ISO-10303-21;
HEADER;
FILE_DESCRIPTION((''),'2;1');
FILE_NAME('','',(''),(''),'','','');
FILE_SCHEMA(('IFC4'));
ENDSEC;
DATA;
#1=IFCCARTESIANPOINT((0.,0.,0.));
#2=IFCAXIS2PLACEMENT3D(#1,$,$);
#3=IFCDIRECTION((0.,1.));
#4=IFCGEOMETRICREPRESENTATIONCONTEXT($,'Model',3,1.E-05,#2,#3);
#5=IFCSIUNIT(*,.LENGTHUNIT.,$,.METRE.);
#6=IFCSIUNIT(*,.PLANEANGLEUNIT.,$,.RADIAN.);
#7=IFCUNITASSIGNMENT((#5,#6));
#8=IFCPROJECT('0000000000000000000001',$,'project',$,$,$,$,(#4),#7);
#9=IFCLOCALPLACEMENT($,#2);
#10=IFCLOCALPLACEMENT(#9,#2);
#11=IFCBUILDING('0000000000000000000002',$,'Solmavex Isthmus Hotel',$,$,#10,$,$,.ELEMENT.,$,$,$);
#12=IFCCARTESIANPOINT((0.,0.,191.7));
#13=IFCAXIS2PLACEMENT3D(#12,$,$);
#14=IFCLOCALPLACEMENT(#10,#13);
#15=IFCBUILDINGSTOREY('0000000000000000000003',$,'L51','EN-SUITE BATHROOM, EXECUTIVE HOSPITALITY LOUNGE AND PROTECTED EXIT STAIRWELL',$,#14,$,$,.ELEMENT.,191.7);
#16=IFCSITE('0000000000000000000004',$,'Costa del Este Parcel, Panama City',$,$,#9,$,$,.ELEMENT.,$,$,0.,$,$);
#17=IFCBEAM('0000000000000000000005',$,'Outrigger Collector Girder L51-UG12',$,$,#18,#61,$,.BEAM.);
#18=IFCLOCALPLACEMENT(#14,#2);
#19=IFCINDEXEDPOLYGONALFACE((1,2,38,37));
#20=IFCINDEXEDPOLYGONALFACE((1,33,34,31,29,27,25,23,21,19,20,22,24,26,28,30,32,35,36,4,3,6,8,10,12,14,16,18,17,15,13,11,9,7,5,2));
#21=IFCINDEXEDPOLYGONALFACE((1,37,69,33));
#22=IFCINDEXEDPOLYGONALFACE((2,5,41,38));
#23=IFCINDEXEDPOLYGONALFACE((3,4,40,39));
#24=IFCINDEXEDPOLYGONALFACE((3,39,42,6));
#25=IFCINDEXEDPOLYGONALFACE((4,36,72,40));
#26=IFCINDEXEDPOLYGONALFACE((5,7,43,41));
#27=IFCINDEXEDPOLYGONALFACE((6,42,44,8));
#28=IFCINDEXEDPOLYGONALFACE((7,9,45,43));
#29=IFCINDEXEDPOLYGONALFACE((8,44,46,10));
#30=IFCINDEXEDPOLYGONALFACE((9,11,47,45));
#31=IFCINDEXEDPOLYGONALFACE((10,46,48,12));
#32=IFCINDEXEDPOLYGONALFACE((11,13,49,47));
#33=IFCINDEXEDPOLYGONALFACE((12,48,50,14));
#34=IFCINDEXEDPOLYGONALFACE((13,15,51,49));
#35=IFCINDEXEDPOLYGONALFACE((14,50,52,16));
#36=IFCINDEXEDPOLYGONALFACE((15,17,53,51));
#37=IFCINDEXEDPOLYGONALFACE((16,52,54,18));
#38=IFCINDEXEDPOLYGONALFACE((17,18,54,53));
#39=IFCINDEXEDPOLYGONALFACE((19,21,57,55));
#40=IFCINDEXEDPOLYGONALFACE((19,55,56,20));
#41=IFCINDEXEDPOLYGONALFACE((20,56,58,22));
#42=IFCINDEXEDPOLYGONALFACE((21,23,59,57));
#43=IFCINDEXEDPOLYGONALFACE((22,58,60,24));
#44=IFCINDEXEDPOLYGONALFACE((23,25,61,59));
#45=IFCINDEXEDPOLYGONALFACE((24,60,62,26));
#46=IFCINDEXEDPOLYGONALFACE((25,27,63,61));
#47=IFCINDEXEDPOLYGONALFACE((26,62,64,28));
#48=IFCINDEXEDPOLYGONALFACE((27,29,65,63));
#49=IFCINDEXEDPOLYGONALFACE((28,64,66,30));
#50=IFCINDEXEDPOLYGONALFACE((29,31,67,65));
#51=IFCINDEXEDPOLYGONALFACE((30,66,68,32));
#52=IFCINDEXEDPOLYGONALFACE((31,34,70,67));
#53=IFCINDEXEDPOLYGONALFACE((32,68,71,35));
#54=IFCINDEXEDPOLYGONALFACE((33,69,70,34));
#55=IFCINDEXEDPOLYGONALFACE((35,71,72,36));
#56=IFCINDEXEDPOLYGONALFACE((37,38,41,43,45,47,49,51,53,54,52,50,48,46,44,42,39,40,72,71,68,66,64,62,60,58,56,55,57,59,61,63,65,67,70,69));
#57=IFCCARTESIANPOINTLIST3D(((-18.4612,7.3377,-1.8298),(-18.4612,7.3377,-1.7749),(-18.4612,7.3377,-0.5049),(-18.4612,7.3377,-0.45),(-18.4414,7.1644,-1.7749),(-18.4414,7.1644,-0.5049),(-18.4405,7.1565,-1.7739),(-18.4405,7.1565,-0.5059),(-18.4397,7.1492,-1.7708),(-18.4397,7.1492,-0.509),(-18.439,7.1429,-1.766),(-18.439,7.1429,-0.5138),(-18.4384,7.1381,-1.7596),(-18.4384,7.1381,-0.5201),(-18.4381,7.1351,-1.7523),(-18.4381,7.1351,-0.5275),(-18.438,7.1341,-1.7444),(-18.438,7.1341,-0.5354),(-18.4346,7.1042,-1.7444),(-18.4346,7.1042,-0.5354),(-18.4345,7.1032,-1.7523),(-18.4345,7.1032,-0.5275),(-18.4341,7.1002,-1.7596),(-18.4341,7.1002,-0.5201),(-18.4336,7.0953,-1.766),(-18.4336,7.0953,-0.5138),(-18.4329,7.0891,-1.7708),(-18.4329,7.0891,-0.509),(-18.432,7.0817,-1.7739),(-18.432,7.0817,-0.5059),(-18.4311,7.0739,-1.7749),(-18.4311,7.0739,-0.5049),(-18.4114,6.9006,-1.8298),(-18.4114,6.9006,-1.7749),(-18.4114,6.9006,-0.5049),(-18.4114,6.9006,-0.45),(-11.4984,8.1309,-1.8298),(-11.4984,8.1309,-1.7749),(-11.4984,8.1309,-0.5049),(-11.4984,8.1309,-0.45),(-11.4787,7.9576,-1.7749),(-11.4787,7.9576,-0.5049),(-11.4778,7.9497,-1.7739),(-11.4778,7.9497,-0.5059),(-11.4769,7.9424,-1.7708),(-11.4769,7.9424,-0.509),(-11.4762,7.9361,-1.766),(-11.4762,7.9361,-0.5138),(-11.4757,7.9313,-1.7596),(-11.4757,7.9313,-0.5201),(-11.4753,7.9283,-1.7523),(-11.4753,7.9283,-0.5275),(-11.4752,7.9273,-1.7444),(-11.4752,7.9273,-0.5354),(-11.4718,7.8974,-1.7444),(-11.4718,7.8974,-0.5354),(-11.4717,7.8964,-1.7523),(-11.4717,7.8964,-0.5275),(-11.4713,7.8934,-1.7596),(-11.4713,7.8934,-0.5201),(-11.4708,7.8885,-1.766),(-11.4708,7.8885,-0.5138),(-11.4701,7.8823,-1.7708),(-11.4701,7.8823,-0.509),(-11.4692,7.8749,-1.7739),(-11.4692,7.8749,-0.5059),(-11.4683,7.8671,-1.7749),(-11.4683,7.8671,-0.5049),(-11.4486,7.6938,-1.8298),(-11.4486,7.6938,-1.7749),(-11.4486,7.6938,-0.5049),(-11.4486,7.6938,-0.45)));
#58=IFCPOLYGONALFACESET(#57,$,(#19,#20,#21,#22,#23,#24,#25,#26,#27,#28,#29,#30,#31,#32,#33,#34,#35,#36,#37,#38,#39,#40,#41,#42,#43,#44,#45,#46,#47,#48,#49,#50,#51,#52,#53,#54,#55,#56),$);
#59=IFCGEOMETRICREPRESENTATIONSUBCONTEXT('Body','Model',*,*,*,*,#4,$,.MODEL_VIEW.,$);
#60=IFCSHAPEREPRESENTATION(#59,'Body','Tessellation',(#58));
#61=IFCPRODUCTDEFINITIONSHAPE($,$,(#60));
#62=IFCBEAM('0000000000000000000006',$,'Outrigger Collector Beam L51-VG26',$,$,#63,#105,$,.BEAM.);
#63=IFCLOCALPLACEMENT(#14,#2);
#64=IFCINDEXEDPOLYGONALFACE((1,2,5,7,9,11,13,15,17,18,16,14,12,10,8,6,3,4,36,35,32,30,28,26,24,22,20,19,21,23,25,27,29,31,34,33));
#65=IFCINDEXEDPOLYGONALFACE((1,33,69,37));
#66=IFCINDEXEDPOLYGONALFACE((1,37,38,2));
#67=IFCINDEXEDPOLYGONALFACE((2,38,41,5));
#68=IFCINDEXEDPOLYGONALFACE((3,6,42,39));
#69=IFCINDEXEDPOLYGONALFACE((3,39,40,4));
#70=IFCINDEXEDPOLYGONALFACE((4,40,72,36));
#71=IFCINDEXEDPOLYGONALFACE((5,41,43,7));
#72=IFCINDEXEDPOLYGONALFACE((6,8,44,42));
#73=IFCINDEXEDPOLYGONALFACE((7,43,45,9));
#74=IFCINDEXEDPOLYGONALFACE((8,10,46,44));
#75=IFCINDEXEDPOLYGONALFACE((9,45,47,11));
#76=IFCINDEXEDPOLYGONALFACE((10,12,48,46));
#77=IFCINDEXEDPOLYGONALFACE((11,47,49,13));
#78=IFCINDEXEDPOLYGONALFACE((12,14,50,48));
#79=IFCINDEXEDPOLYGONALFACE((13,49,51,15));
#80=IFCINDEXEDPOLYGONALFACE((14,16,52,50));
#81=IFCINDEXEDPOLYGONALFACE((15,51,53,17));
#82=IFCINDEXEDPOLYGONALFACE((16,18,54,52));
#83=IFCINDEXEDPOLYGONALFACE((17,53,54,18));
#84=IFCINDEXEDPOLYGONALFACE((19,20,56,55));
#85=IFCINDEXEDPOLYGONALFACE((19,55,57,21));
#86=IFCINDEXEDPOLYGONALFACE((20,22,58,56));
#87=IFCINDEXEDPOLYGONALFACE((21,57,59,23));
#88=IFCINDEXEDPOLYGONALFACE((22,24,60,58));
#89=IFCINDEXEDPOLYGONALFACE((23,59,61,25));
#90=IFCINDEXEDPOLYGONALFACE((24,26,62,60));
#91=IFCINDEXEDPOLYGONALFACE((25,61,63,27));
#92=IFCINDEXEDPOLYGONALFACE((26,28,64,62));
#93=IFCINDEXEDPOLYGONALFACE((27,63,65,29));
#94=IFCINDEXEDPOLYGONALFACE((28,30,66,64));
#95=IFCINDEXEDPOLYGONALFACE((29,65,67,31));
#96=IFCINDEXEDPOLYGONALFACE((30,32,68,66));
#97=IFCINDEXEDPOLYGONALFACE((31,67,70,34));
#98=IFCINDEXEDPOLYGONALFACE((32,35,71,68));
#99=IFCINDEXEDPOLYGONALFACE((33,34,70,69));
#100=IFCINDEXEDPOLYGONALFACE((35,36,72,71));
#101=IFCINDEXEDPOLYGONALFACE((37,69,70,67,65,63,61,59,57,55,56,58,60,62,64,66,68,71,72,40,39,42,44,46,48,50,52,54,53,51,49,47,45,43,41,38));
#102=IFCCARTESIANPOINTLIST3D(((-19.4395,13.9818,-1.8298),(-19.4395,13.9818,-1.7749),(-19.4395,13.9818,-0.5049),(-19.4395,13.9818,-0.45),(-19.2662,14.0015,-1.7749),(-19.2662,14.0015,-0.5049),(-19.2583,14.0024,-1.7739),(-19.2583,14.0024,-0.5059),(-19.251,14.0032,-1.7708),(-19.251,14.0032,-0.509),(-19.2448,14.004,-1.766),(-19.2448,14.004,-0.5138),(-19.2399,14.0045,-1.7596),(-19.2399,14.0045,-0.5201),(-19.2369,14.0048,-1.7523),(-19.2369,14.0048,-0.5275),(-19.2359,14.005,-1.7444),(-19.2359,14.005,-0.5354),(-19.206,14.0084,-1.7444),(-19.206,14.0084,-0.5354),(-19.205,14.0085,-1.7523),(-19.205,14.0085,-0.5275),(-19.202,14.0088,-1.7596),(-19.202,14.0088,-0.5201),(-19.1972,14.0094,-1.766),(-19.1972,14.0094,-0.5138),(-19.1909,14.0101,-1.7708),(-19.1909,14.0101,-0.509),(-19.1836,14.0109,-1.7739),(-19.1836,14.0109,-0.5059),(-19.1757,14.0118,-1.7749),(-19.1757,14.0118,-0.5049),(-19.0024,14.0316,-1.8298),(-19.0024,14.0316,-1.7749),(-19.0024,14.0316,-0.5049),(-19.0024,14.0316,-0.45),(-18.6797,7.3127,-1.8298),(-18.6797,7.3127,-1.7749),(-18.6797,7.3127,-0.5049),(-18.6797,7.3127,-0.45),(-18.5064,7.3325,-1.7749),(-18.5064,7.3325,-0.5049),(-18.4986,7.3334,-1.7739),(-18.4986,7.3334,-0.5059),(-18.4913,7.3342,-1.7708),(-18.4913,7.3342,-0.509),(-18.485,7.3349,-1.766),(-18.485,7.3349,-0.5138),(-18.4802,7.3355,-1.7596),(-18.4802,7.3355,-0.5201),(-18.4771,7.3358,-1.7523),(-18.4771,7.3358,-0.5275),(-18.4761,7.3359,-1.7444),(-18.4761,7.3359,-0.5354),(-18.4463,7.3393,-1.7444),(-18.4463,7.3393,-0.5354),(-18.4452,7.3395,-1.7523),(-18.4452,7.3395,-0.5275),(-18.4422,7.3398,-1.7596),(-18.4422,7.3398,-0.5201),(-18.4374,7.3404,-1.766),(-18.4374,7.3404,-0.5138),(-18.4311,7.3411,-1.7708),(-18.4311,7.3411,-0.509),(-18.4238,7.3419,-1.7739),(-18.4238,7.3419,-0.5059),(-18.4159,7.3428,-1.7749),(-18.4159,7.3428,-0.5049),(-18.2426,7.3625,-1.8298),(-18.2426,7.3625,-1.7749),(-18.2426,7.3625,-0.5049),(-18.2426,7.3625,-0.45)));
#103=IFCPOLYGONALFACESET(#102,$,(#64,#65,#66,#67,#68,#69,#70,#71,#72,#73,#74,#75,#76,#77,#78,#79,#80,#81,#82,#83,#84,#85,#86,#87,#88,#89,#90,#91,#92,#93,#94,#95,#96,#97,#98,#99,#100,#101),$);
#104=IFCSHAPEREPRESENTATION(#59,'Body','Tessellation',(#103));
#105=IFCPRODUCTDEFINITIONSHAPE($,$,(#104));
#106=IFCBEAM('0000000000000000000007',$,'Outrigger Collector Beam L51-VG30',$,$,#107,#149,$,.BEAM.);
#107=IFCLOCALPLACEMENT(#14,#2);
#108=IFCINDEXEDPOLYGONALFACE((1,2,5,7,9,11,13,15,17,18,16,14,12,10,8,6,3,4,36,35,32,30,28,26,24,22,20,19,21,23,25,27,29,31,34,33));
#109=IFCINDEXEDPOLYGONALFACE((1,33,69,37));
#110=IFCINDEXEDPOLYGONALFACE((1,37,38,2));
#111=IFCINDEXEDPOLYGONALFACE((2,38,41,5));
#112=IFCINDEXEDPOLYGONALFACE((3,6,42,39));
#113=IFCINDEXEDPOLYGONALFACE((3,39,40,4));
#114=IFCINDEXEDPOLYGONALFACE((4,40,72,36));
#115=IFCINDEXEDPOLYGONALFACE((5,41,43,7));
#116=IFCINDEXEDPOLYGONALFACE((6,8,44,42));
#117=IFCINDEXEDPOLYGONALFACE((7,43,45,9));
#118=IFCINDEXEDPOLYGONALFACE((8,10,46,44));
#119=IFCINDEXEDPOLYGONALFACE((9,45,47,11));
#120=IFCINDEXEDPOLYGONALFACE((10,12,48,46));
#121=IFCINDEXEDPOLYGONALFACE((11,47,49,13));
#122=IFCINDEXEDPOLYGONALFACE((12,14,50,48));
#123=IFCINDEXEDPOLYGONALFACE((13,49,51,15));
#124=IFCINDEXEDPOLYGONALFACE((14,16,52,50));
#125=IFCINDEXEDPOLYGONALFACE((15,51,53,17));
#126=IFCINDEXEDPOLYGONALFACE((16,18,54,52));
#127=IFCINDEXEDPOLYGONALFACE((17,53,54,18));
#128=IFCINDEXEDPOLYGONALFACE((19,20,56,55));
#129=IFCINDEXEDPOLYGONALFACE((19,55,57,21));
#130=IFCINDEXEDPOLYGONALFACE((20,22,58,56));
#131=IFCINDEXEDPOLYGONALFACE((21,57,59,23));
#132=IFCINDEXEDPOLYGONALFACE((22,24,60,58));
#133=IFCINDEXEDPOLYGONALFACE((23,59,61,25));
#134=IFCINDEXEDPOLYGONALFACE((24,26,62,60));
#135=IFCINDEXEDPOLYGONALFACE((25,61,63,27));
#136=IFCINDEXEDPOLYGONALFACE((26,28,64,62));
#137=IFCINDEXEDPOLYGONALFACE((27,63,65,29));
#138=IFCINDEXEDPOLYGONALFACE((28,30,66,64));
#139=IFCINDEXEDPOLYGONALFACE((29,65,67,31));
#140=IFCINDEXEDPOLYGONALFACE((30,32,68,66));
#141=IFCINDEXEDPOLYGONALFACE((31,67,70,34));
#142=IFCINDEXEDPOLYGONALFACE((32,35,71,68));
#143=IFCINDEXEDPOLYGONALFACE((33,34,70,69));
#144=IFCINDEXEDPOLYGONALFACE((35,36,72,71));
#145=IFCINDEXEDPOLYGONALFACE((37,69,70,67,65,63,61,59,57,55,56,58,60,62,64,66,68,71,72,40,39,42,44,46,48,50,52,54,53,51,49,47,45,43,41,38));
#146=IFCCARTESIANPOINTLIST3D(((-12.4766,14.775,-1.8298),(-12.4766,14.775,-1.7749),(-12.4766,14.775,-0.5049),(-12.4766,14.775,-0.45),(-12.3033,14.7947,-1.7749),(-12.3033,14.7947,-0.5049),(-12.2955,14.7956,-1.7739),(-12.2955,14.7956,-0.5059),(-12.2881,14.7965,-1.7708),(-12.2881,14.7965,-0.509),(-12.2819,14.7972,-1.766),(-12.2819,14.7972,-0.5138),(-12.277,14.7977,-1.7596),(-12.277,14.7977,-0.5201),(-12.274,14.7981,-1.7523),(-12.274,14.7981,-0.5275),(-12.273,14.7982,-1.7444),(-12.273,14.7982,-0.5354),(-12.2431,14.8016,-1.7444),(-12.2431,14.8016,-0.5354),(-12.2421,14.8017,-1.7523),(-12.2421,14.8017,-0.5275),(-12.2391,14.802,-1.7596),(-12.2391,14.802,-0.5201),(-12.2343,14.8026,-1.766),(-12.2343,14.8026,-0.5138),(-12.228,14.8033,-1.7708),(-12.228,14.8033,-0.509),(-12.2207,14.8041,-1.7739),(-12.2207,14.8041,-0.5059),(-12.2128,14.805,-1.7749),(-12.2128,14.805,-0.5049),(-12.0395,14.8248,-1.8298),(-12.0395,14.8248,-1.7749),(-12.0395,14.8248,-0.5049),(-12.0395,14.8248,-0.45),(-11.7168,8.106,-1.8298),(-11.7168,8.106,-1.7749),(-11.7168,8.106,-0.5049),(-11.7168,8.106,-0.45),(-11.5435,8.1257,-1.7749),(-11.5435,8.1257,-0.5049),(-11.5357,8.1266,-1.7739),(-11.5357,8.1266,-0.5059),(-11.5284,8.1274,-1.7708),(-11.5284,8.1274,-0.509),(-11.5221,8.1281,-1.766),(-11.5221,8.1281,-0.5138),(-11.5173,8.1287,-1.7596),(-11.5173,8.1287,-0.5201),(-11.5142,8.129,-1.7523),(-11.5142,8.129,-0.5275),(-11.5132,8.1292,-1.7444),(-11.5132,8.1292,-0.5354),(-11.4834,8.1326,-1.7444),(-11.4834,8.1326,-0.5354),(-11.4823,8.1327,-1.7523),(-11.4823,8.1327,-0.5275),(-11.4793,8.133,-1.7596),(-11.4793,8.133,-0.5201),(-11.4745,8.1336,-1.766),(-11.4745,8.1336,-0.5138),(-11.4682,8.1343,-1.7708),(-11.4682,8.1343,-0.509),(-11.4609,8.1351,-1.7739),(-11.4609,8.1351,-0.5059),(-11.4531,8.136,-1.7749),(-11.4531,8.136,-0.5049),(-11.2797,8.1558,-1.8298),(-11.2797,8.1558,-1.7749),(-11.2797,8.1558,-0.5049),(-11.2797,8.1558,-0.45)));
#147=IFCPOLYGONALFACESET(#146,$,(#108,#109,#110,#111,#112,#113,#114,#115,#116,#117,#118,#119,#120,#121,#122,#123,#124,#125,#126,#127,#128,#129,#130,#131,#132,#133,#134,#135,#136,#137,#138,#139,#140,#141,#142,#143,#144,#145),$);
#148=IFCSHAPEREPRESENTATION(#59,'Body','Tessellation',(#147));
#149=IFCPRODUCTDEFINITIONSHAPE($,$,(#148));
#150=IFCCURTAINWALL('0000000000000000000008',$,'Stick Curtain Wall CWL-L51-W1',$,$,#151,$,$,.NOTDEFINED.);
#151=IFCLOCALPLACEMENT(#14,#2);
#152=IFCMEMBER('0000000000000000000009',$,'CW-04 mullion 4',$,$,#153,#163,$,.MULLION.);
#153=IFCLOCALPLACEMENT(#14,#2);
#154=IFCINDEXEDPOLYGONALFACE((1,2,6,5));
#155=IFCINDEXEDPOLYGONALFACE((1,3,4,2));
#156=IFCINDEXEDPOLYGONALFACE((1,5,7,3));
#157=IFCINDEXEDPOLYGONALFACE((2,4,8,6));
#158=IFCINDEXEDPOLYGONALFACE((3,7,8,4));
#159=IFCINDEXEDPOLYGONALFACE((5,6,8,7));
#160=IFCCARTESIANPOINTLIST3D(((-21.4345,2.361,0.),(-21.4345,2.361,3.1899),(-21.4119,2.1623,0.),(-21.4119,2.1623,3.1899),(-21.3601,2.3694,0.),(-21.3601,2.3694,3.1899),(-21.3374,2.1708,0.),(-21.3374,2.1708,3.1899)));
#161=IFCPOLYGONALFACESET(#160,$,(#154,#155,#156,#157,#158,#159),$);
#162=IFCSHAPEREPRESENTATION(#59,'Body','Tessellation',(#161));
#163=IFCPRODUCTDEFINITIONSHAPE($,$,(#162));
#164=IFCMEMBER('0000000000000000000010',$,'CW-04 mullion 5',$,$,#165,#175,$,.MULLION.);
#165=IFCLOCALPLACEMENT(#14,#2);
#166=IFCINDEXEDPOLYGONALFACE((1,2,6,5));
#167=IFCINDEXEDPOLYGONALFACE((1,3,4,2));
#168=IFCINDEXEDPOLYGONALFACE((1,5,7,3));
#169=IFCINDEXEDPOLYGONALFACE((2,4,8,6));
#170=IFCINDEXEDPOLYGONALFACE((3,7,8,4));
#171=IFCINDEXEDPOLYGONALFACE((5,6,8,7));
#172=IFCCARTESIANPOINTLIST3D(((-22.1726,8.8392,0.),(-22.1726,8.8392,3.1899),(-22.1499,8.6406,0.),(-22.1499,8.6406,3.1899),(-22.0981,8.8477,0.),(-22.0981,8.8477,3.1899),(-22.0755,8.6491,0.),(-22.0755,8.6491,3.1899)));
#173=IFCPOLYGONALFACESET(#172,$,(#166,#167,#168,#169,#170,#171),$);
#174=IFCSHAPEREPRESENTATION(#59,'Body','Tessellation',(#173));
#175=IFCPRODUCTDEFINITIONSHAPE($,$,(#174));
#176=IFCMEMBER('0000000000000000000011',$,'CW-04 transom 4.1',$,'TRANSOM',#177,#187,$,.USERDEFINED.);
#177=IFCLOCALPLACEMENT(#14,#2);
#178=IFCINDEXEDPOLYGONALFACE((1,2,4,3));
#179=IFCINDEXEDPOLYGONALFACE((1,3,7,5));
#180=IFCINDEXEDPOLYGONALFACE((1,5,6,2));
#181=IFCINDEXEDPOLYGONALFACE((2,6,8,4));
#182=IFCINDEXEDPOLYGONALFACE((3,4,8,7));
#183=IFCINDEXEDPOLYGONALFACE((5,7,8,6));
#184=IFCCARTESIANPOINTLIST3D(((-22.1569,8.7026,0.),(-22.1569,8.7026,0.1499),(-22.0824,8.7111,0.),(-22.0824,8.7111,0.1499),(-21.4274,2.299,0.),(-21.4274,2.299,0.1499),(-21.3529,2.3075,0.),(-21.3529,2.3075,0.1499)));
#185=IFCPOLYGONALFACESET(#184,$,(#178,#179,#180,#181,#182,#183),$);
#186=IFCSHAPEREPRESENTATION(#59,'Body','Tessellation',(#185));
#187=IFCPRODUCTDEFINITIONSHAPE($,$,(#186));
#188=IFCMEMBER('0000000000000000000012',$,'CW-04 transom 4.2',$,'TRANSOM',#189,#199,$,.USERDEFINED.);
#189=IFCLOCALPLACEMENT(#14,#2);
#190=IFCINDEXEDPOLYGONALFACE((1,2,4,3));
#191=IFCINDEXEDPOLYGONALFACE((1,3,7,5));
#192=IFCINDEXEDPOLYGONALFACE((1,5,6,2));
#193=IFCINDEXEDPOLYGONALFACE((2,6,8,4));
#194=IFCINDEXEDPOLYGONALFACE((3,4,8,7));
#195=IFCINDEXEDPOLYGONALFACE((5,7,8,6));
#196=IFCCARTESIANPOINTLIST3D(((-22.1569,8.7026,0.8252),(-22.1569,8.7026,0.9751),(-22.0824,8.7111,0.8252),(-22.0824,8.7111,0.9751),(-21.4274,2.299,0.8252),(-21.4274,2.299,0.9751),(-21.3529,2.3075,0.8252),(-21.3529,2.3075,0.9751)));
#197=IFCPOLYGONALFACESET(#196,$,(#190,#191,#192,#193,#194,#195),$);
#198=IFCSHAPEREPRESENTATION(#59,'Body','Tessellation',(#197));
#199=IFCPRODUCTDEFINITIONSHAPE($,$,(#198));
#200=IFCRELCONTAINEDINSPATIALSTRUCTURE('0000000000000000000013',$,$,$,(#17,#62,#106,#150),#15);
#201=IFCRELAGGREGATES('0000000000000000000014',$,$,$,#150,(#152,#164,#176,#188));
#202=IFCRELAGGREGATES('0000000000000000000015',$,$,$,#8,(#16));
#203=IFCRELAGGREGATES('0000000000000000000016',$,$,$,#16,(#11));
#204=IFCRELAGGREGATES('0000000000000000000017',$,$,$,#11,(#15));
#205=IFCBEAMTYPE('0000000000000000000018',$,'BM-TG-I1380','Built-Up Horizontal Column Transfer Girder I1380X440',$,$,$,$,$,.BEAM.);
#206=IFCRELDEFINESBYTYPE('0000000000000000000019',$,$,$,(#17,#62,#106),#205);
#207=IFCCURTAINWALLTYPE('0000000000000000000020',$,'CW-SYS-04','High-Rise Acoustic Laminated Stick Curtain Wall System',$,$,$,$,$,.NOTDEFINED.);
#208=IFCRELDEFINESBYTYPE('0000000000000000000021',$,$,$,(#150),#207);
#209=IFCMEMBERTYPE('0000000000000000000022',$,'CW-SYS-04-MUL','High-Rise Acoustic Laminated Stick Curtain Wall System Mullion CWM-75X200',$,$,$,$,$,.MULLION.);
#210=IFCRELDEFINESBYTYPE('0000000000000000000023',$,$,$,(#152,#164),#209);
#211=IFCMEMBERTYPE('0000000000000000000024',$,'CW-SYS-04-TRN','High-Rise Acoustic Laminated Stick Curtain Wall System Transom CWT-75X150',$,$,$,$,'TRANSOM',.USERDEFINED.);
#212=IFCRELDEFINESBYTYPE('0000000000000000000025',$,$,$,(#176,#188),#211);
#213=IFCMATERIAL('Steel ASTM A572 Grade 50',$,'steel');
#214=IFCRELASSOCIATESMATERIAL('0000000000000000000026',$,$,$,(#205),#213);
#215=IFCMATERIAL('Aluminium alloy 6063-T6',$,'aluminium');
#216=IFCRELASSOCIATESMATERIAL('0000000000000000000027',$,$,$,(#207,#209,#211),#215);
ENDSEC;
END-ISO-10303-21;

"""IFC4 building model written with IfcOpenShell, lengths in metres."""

from ifc_helpers import new_model, si_unit, direction, frame, origin, origin_2d, place, context, subcontext, project, spatial, rectangle, i_section, extrude, material, material_profile, profile_set, type_object, element, aggregate, save


model = new_model("IFC4")

# Units and contexts
model_context = context("Model", 3, precision=1e-05, world=origin(), true_north=direction((0.0, 1.0)))
body_context = subcontext(model_context, "Body", "Model", "MODEL_VIEW")
ifc_project = project(units=[si_unit("LENGTHUNIT", "METRE"), si_unit("PLANEANGLEUNIT", "RADIAN")], contexts=[model_context])

# Site, building, storey
site_placement = place(None, origin())
site = spatial("IfcSite", under=ifc_project, at=site_placement, Name="Costa del Este Parcel, Panama City", CompositionType="ELEMENT", RefElevation=0.0)
building_placement = place(site_placement, origin())
building = spatial("IfcBuilding", under=site, at=building_placement, Name="Solmavex Isthmus Hotel", CompositionType="ELEMENT")
storey_placement = place(building_placement, frame((0.0, 0.0, 191.7)))
storey = spatial("IfcBuildingStorey", under=building, at=storey_placement, Name="L51", Description="EN-SUITE BATHROOM, EXECUTIVE HOSPITALITY LOUNGE AND PROTECTED EXIT STAIRWELL", CompositionType="ELEMENT", Elevation=191.7)

# Beams
ifc_material_1 = material(Name="Steel ASTM A572 Grade 50", Category="steel")
ifc_material_profile_1 = material_profile(ifc_material_1, i_section(OverallWidth=0.4399, OverallDepth=1.3799, WebThickness=0.03, FlangeThickness=0.0549, FilletRadius=0.0305, at=origin_2d()), Name="I1380X440")
ifc_profile_set_1 = profile_set([ifc_material_profile_1], Name="Steel ASTM A572 Grade 50")
beam_type_1 = type_object("IfcBeamType", Name="BM-TG-I1380", Description="Built-Up Horizontal Column Transfer Girder I1380X440", PredefinedType="BEAM", material=ifc_profile_set_1)
beam_1_placement = place(storey_placement, frame((-18.4363, 7.1191, -1.1399), z_axis=(0.993574, 0.113188, 0.0), x_axis=(-0.113188, 0.993574, 0.0)))
element("IfcBeam", 1, at=beam_1_placement, inside=storey, type_object=beam_type_1, Name="Outrigger Collector Girder L51-UG12", PredefinedType="BEAM", context=body_context, shape_type="SweptSolid", body=[
    extrude(i_section(OverallWidth=0.4399, OverallDepth=1.3799, WebThickness=0.03, FlangeThickness=0.0549, FilletRadius=0.0305, at=origin_2d()), origin(), (0.0, 0.0, 1.0), 7.0078),
])
for number, where, z_axis, x_axis, name in (
    (2, (-18.4612, 7.3376, -1.1399), (-0.113194, 0.993573, 0.0), (-0.993573, -0.113194, 0.0), "Outrigger Collector Beam L51-VG26"),
    (3, (-11.4983, 8.1309, -1.1399), (-0.113194, 0.993573, 0.0), (-0.993573, -0.113194, 0.0), "Outrigger Collector Beam L51-VG30"),
):
    element("IfcBeam", number, at=place(storey_placement, frame(where, z_axis=z_axis, x_axis=x_axis)), inside=storey, type_object=beam_type_1, Name=name, PredefinedType="BEAM", context=body_context, shape_type="SweptSolid", body=[
        extrude(i_section(OverallWidth=0.4399, OverallDepth=1.3799, WebThickness=0.03, FlangeThickness=0.0549, FilletRadius=0.0305, at=origin_2d()), origin(), (0.0, 0.0, 1.0), 6.7122),
    ])

# Curtain wall, members
ifc_material_2 = material(Name="Aluminium alloy 6063-T6", Category="aluminium")
curtain_wall_type = type_object("IfcCurtainWallType", Name="CW-SYS-04", Description="High-Rise Acoustic Laminated Stick Curtain Wall System", PredefinedType="NOTDEFINED", material=ifc_material_2)
curtain_wall_placement = place(storey_placement, origin())
curtain_wall = element("IfcCurtainWall", 4, at=curtain_wall_placement, inside=storey, type_object=curtain_wall_type, Name="Stick Curtain Wall CWL-L51-W1", PredefinedType="NOTDEFINED")
ifc_material_profile_2 = material_profile(ifc_material_2, rectangle(XDim=0.075, YDim=0.2, at=origin_2d()), Name="CWM-75X200")
ifc_profile_set_2 = profile_set([ifc_material_profile_2], Name="Aluminium alloy 6063-T6")
member_type_1 = type_object("IfcMemberType", Name="CW-SYS-04-MUL", Description="High-Rise Acoustic Laminated Stick Curtain Wall System Mullion CWM-75X200", PredefinedType="MULLION", material=ifc_profile_set_2)
member_1_placement = place(storey_placement, frame((-21.386, 2.2659, 0.0), z_axis=(0.0, 0.0, 1.0), x_axis=(-0.993572, -0.113203, 0.0)))
member_1 = element("IfcMember", 5, at=member_1_placement, type_object=member_type_1, Name="CW-04 mullion 4", PredefinedType="MULLION", context=body_context, shape_type="SweptSolid", body=[
    extrude(rectangle(XDim=0.075, YDim=0.2, at=origin_2d()), origin(), (0.0, 0.0, 1.0), 3.1899),
])
member_2_placement = place(storey_placement, frame((-22.124, 8.7441, 0.0), z_axis=(0.0, 0.0, 1.0), x_axis=(-0.993572, -0.113203, 0.0)))
member_2 = element("IfcMember", 6, at=member_2_placement, type_object=member_type_1, Name="CW-04 mullion 5", PredefinedType="MULLION", context=body_context, shape_type="SweptSolid", body=[
    extrude(rectangle(XDim=0.075, YDim=0.2, at=origin_2d()), origin(), (0.0, 0.0, 1.0), 3.1899),
])
ifc_material_profile_3 = material_profile(ifc_material_2, rectangle(XDim=0.075, YDim=0.1499, at=origin_2d()), Name="CWT-75X150")
ifc_profile_set_3 = profile_set([ifc_material_profile_3], Name="Aluminium alloy 6063-T6")
member_type_2 = type_object("IfcMemberType", Name="CW-SYS-04-TRN", Description="High-Rise Acoustic Laminated Stick Curtain Wall System Transom CWT-75X150", ElementType="TRANSOM", PredefinedType="USERDEFINED", material=ifc_profile_set_3)
member_3_placement = place(storey_placement, frame((-21.3901, 2.3032, 0.075), z_axis=(-0.113188, 0.993574, 0.0), x_axis=(-0.993574, -0.113188, 0.0)))
member_3 = element("IfcMember", 7, at=member_3_placement, type_object=member_type_2, Name="CW-04 transom 4.1", ObjectType="TRANSOM", PredefinedType="USERDEFINED", context=body_context, shape_type="SweptSolid", body=[
    extrude(rectangle(XDim=0.075, YDim=0.1499, at=origin_2d()), origin(), (0.0, 0.0, 1.0), 6.4451),
])
member_4_placement = place(storey_placement, frame((-21.3901, 2.3032, 0.9001), z_axis=(-0.113188, 0.993574, 0.0), x_axis=(-0.993574, -0.113188, 0.0)))
member_4 = element("IfcMember", 8, at=member_4_placement, type_object=member_type_2, Name="CW-04 transom 4.2", ObjectType="TRANSOM", PredefinedType="USERDEFINED", context=body_context, shape_type="SweptSolid", body=[
    extrude(rectangle(XDim=0.075, YDim=0.1499, at=origin_2d()), origin(), (0.0, 0.0, 1.0), 6.4451),
])
aggregate(curtain_wall, [member_1, member_2, member_3, member_4])

save(model, "model.ifc")
